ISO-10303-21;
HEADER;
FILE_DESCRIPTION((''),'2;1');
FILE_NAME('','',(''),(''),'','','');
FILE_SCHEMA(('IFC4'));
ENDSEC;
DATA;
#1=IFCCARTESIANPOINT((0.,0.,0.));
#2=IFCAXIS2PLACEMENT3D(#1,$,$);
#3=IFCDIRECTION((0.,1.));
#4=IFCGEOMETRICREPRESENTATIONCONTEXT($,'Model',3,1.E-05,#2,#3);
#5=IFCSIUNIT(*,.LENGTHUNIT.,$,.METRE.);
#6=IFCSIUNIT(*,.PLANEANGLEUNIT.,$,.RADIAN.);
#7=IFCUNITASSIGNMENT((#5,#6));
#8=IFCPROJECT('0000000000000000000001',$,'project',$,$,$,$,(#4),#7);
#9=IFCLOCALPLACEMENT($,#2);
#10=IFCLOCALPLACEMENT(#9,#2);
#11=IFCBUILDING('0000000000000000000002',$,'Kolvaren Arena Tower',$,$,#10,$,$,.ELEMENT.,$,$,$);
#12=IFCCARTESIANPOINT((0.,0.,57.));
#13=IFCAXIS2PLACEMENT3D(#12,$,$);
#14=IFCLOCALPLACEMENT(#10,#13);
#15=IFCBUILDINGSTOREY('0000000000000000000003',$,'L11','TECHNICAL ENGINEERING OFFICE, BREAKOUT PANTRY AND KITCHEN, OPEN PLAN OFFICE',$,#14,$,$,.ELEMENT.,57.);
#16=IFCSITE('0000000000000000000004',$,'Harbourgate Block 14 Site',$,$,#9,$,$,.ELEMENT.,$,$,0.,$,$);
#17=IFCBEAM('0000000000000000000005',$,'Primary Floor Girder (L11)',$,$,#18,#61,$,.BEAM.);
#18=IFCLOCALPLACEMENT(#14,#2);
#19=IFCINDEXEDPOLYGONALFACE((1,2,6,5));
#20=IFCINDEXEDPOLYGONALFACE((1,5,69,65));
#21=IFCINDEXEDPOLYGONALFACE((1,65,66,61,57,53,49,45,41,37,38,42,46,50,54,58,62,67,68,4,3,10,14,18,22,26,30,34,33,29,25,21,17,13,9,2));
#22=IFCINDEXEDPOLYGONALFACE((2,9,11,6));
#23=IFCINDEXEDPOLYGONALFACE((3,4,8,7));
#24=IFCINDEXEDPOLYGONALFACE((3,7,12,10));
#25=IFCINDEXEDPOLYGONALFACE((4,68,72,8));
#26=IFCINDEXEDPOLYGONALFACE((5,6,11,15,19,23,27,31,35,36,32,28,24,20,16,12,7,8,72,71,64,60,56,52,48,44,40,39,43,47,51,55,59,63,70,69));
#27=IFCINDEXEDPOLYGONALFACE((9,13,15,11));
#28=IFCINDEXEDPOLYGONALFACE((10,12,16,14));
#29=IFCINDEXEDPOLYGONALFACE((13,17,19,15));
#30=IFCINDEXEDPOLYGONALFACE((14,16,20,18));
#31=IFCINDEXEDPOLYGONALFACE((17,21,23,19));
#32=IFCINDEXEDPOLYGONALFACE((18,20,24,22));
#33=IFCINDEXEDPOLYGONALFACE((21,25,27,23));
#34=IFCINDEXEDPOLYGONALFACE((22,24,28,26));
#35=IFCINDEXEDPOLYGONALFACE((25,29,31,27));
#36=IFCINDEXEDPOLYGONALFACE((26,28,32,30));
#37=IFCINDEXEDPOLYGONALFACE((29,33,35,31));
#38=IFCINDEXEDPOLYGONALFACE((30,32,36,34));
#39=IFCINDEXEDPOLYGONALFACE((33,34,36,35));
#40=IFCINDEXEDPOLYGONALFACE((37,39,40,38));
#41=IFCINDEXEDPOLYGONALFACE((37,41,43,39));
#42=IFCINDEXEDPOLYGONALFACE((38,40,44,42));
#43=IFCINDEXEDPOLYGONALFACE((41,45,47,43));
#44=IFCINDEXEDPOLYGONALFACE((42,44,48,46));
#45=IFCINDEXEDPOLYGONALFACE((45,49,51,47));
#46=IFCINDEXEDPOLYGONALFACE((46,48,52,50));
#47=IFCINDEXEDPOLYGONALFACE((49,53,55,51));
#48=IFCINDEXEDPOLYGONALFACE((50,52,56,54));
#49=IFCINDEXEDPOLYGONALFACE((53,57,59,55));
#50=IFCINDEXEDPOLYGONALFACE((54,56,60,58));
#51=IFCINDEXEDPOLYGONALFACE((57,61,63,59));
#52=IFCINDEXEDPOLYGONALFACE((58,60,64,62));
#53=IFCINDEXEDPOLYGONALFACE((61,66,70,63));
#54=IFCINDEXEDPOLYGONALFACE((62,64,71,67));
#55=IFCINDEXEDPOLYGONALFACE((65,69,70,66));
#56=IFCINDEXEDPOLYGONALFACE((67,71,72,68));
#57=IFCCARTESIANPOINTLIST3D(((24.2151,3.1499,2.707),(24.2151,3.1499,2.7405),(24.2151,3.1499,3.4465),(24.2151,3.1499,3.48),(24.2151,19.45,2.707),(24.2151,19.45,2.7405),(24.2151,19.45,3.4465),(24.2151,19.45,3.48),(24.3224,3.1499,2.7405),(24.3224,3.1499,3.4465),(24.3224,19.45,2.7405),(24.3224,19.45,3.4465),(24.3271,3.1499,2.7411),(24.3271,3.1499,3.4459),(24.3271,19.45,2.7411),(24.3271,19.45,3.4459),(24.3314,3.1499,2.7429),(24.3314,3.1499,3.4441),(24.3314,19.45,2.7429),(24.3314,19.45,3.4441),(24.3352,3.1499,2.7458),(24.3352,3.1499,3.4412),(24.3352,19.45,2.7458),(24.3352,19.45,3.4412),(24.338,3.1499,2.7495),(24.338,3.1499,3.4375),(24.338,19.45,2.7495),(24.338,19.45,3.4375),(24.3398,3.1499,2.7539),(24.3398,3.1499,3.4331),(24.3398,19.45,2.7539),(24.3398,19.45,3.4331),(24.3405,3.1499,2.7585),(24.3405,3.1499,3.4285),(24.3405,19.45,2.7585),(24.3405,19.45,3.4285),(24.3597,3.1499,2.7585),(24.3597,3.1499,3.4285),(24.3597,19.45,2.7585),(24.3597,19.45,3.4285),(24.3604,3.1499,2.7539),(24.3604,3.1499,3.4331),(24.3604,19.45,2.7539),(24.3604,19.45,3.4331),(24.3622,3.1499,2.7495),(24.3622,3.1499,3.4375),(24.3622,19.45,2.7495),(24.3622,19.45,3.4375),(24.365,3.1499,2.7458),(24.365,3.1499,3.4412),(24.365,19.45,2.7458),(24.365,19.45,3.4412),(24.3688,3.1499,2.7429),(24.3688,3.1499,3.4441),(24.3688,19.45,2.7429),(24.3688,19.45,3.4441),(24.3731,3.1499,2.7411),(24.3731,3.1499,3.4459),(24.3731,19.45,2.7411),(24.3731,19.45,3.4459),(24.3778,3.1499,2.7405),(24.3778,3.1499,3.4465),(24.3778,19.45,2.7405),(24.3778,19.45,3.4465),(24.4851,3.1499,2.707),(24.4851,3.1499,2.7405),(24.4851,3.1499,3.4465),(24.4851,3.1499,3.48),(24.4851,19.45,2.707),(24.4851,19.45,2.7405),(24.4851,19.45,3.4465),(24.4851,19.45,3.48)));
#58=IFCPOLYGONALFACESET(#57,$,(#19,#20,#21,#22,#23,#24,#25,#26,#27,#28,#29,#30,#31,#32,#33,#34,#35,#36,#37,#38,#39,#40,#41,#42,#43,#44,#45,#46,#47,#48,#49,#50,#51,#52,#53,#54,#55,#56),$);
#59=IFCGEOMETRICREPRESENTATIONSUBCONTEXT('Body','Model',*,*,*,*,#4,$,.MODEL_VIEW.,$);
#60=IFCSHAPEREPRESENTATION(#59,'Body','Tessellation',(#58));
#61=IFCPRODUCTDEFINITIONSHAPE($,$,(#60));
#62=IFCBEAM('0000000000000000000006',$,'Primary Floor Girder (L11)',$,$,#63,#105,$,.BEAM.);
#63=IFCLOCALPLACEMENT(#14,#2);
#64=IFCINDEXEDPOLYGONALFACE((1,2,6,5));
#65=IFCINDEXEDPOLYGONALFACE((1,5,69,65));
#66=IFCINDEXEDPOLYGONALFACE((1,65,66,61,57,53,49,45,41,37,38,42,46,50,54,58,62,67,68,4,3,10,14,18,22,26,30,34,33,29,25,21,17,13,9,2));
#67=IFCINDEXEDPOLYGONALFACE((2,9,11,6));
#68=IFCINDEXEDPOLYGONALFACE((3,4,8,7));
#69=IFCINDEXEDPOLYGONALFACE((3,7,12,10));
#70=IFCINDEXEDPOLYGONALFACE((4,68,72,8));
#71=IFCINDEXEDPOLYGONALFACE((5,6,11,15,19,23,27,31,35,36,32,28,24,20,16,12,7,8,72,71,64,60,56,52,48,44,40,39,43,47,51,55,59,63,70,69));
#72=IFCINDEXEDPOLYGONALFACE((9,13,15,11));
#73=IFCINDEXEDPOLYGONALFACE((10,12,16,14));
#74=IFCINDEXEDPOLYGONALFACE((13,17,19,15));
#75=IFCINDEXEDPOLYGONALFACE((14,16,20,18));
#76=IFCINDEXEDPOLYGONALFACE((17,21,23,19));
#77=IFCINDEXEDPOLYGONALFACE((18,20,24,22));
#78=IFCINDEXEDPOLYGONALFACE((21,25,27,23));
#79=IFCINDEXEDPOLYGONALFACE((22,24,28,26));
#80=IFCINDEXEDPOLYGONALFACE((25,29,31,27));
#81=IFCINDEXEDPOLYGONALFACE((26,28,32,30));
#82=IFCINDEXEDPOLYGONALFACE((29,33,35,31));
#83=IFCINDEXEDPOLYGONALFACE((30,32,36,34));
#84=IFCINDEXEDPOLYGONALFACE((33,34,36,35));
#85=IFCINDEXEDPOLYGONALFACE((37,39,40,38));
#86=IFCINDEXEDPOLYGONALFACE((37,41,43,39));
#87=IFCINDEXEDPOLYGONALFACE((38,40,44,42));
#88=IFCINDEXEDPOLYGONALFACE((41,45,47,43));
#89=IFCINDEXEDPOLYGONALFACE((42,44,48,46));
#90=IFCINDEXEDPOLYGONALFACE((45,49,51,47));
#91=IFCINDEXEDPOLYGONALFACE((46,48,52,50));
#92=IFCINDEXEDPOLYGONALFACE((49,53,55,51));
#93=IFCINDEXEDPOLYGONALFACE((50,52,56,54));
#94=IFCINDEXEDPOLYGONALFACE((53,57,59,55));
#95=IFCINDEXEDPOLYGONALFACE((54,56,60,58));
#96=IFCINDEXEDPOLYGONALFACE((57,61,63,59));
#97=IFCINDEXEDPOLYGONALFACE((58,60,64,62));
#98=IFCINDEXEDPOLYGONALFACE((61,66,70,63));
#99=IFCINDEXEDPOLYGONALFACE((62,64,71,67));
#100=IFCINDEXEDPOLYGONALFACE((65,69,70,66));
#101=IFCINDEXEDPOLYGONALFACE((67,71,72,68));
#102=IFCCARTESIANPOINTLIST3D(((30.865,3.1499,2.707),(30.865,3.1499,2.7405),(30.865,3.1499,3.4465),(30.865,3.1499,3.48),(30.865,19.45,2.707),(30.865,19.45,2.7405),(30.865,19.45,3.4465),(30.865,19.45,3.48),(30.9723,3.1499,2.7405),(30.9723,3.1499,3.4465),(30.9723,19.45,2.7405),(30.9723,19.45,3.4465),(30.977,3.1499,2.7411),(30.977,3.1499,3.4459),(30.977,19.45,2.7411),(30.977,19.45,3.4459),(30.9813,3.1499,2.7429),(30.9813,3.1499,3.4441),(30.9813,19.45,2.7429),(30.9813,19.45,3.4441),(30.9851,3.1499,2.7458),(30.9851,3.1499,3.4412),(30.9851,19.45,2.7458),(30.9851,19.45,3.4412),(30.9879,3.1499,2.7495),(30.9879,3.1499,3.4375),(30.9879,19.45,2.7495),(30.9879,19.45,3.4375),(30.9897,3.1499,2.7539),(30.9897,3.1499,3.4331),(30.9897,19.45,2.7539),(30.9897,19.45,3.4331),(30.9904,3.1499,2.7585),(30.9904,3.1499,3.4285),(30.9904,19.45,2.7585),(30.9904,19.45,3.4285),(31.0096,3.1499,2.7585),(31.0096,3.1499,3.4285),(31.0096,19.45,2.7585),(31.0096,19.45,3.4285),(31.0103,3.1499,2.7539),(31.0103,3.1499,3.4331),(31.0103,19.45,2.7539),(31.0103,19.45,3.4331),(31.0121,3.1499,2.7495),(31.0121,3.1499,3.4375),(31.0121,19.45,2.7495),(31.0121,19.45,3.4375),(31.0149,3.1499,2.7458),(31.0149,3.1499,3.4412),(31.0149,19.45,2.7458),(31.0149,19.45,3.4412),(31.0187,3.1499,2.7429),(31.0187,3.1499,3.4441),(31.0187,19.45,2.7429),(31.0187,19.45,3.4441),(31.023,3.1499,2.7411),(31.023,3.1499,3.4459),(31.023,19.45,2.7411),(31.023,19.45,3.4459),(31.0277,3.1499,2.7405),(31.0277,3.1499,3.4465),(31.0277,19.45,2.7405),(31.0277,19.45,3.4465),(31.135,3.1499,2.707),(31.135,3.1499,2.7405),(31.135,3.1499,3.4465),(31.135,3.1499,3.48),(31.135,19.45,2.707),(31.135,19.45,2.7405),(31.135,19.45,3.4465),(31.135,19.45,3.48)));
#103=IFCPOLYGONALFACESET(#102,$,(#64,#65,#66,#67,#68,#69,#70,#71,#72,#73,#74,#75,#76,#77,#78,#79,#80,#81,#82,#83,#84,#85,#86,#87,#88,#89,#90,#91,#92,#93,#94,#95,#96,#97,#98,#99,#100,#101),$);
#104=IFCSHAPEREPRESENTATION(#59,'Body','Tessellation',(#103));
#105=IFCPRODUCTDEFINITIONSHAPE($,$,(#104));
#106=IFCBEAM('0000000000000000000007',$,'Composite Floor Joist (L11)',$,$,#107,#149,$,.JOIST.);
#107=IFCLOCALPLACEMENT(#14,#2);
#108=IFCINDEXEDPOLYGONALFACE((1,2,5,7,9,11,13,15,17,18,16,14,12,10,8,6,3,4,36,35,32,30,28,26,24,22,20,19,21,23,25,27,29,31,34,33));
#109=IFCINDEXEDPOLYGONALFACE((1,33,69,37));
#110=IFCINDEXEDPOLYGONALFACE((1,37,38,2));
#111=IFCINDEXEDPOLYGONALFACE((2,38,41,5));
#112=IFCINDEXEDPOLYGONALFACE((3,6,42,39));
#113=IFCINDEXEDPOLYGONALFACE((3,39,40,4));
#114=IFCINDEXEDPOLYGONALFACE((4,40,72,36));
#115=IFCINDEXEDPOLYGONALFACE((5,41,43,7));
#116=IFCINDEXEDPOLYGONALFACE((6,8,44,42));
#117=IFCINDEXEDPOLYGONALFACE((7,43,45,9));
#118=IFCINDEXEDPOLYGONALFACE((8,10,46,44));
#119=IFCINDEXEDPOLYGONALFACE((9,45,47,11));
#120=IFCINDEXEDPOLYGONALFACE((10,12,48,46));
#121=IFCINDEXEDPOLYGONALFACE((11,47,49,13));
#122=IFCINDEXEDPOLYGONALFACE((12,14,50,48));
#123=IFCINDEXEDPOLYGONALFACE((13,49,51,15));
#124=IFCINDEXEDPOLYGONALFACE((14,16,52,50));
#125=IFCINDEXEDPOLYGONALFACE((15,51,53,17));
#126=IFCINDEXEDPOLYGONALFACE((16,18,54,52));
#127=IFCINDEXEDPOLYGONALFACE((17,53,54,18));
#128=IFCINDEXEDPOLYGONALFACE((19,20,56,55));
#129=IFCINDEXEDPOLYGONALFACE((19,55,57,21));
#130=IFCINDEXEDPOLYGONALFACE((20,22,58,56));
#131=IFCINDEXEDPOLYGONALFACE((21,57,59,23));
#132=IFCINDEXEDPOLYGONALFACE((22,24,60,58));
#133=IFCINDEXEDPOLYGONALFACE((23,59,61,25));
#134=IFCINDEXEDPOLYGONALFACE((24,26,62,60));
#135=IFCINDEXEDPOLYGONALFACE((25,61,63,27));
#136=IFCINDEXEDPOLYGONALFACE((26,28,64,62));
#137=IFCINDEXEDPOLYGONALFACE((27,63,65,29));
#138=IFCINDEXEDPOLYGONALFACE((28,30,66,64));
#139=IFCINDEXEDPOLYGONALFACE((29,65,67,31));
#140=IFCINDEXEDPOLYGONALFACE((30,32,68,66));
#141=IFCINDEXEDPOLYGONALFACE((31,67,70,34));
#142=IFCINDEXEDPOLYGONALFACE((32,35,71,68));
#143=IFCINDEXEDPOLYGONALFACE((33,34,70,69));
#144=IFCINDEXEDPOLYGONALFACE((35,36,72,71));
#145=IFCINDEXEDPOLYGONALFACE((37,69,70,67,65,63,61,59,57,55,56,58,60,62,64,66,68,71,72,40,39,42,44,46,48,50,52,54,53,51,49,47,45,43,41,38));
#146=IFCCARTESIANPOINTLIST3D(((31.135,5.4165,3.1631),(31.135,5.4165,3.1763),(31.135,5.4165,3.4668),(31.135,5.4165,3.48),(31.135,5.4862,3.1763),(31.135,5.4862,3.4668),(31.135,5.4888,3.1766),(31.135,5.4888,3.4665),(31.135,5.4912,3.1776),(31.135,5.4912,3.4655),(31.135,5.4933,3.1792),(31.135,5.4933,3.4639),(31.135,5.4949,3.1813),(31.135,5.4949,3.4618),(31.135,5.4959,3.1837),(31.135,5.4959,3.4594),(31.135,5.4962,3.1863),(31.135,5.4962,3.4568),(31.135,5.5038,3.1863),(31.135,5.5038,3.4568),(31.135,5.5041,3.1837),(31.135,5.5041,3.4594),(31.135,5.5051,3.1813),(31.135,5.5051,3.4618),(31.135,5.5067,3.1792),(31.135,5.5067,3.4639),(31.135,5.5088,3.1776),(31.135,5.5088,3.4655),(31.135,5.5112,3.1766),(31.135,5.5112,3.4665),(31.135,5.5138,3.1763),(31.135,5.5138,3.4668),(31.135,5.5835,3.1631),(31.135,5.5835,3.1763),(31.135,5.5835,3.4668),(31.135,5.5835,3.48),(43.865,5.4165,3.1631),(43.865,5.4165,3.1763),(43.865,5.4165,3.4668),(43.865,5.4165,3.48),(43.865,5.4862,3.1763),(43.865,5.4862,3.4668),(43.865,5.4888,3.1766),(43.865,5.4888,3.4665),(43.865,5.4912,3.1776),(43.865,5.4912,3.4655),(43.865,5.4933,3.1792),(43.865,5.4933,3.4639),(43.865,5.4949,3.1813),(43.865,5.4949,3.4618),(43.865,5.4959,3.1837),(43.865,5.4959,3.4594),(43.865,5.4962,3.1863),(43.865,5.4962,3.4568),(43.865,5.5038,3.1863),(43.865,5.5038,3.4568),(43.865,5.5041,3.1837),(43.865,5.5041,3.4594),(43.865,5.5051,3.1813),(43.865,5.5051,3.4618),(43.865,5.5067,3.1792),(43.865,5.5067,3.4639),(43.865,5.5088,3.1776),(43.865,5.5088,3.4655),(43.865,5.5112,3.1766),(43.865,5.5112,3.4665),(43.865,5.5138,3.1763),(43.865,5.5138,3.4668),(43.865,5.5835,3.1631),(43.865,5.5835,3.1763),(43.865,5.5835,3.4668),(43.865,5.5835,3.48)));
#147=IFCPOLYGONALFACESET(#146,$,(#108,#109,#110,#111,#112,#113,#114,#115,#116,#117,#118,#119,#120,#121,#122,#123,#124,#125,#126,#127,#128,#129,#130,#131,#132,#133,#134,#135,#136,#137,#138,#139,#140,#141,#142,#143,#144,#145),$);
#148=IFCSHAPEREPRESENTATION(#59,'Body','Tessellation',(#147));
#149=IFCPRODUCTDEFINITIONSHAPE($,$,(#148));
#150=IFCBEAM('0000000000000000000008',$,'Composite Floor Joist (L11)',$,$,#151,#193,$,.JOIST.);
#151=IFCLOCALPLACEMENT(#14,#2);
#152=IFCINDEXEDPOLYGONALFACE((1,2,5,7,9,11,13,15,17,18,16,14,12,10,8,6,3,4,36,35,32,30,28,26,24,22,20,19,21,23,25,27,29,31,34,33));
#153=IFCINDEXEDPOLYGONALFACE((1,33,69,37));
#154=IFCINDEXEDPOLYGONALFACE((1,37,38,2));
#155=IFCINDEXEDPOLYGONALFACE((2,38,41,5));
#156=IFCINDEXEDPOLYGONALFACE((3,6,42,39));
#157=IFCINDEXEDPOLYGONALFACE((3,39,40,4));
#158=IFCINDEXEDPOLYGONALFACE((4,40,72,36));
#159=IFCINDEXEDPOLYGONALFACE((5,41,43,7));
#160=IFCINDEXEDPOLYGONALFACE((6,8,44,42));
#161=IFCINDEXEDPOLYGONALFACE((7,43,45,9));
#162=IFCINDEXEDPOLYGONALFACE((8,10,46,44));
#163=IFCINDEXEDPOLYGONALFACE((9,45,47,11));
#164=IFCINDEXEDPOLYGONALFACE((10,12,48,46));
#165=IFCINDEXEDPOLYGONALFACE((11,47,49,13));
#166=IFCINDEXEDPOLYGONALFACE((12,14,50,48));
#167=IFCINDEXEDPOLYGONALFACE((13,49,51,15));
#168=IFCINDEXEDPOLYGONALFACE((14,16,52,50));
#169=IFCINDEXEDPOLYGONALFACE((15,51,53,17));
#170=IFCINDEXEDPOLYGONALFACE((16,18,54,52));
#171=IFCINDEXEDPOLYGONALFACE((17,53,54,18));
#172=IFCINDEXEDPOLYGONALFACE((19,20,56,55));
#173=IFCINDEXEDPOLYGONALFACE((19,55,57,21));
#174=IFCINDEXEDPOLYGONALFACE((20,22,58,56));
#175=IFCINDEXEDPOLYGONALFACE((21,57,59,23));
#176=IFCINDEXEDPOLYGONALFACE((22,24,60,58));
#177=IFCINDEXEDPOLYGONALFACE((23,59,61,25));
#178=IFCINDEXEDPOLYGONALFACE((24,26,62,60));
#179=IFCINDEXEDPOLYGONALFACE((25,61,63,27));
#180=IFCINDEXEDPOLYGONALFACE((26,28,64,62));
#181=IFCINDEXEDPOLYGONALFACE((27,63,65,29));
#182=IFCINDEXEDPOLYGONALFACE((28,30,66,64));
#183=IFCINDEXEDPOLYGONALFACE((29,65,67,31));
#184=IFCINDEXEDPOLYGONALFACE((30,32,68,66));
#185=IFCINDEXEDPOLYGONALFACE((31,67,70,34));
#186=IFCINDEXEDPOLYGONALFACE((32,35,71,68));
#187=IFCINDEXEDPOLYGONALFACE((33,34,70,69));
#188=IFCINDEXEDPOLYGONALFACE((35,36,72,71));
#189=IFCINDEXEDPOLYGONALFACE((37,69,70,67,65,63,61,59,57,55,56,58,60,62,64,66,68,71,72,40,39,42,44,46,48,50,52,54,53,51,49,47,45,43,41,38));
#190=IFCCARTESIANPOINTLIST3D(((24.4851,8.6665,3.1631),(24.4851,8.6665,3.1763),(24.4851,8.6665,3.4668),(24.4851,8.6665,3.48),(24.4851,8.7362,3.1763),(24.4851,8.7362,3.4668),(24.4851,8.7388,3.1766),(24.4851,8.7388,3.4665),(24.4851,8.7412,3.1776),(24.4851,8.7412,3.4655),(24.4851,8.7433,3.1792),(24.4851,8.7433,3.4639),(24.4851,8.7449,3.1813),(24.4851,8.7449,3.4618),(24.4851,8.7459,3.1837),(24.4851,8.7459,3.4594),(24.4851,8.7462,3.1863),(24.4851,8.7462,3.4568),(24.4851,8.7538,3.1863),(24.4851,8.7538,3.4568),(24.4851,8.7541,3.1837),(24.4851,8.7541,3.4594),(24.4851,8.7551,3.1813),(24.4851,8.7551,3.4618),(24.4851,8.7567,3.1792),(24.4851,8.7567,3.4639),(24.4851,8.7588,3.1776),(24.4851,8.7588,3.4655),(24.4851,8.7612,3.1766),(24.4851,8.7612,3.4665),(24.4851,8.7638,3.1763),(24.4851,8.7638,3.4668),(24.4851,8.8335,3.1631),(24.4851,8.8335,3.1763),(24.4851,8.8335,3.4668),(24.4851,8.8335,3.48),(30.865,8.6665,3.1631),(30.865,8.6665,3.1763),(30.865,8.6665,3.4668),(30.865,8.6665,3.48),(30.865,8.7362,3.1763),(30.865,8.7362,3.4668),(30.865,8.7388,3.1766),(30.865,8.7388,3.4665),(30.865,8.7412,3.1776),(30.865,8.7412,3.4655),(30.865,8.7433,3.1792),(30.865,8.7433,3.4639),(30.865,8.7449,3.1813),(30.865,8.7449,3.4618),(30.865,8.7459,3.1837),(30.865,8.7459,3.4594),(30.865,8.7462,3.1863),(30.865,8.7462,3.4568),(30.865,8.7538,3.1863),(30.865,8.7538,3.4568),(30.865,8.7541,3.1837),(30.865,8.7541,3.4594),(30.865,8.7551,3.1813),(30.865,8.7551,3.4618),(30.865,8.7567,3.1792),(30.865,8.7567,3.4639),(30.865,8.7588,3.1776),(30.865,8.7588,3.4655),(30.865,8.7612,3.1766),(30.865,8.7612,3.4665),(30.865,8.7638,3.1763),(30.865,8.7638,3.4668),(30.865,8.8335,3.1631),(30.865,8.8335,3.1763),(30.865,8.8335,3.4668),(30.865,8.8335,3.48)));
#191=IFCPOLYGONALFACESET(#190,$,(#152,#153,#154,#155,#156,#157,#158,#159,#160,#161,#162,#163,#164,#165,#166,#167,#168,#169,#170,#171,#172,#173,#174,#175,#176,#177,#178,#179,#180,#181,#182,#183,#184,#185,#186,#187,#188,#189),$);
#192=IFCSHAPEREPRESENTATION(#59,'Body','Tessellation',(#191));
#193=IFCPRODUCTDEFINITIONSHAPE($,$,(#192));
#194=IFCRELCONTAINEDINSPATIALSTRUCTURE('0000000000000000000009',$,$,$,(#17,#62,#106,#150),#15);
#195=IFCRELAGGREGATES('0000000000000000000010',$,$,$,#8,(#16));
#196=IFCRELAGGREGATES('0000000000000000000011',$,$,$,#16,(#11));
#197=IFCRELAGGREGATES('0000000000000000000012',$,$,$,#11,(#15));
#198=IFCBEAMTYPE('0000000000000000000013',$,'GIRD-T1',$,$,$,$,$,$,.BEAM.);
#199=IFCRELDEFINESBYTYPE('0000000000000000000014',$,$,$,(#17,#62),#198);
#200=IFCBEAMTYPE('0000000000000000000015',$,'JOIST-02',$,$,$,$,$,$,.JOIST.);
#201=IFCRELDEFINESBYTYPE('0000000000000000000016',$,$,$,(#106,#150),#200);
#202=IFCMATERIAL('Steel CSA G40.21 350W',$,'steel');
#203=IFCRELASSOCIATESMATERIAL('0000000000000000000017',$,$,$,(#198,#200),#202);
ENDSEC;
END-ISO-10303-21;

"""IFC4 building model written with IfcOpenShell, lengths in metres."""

from ifc_helpers import new_model, si_unit, direction, frame, origin, origin_2d, place, context, subcontext, project, spatial, i_section, extrude, material, material_profile, profile_set, type_object, element, save


model = new_model("IFC4")

# Units and contexts
model_context = context("Model", 3, precision=1e-05, world=origin(), true_north=direction((0.0, 1.0)))
body_context = subcontext(model_context, "Body", "Model", "MODEL_VIEW")
ifc_project = project(units=[si_unit("LENGTHUNIT", "METRE"), si_unit("PLANEANGLEUNIT", "RADIAN")], contexts=[model_context])

# Site, building, storey
site_placement = place(None, origin())
site = spatial("IfcSite", under=ifc_project, at=site_placement, Name="Harbourgate Block 14 Site", CompositionType="ELEMENT", RefElevation=0.0)
building_placement = place(site_placement, origin())
building = spatial("IfcBuilding", under=site, at=building_placement, Name="Kolvaren Arena Tower", CompositionType="ELEMENT")
storey_placement = place(building_placement, frame((0.0, 0.0, 57.0)))
storey = spatial("IfcBuildingStorey", under=building, at=storey_placement, Name="L11", Description="TECHNICAL ENGINEERING OFFICE, BREAKOUT PANTRY AND KITCHEN, OPEN PLAN OFFICE", CompositionType="ELEMENT", Elevation=57.0)

# Beams
ifc_material_1 = material(Name="Steel CSA G40.21 350W", Category="steel")
ifc_material_profile_1 = material_profile(ifc_material_1, i_section(OverallWidth=0.27, OverallDepth=0.7729, WebThickness=0.0193, FlangeThickness=0.0334, FilletRadius=0.0181, at=origin_2d()), Name="W760x257")
ifc_profile_set_1 = profile_set([ifc_material_profile_1], Name="Steel CSA G40.21 350W")
beam_type_1 = type_object("IfcBeamType", Name="GIRD-T1", PredefinedType="BEAM", material=ifc_profile_set_1)
for number, where, z_axis, x_axis, name in (
    (1, (24.3501, 3.1499, 3.0935), (0.0, 1.0, 0.0), (-1.0, 0.0, 0.0), "Primary Floor Girder (L11)"),
    (2, (31.0, 3.1499, 3.0935), (0.0, 1.0, 0.0), (-1.0, 0.0, 0.0), "Primary Floor Girder (L11)"),
):
    element("IfcBeam", number, at=place(storey_placement, frame(where, z_axis=z_axis, x_axis=x_axis)), inside=storey, type_object=beam_type_1, Name=name, PredefinedType="BEAM", context=body_context, shape_type="SweptSolid", body=[
        extrude(i_section(OverallWidth=0.27, OverallDepth=0.7729, WebThickness=0.0193, FlangeThickness=0.0334, FilletRadius=0.0181, at=origin_2d()), origin(), (0.0, 0.0, 1.0), 16.3),
    ])
ifc_material_profile_2 = material_profile(ifc_material_1, i_section(OverallWidth=0.167, OverallDepth=0.3169, WebThickness=0.0076, FlangeThickness=0.0132, FilletRadius=0.01, at=origin_2d()), Name="W310x52")
ifc_profile_set_2 = profile_set([ifc_material_profile_2], Name="Steel CSA G40.21 350W")
beam_type_2 = type_object("IfcBeamType", Name="JOIST-02", PredefinedType="JOIST", material=ifc_profile_set_2)
beam_1_placement = place(storey_placement, frame((31.135, 5.5, 3.3215), z_axis=(1.0, 0.0, 0.0), x_axis=(0.0, 1.0, 0.0)))
element("IfcBeam", 3, at=beam_1_placement, inside=storey, type_object=beam_type_2, Name="Composite Floor Joist (L11)", PredefinedType="JOIST", context=body_context, shape_type="SweptSolid", body=[
    extrude(i_section(OverallWidth=0.167, OverallDepth=0.3169, WebThickness=0.0076, FlangeThickness=0.0132, FilletRadius=0.01, at=origin_2d()), origin(), (0.0, 0.0, 1.0), 12.73),
])
beam_2_placement = place(storey_placement, frame((24.4851, 8.75, 3.3215), z_axis=(1.0, 0.0, 0.0), x_axis=(0.0, 1.0, 0.0)))
element("IfcBeam", 4, at=beam_2_placement, inside=storey, type_object=beam_type_2, Name="Composite Floor Joist (L11)", PredefinedType="JOIST", context=body_context, shape_type="SweptSolid", body=[
    extrude(i_section(OverallWidth=0.167, OverallDepth=0.3169, WebThickness=0.0076, FlangeThickness=0.0132, FilletRadius=0.01, at=origin_2d()), origin(), (0.0, 0.0, 1.0), 6.3799),
])

save(model, "model.ifc")
